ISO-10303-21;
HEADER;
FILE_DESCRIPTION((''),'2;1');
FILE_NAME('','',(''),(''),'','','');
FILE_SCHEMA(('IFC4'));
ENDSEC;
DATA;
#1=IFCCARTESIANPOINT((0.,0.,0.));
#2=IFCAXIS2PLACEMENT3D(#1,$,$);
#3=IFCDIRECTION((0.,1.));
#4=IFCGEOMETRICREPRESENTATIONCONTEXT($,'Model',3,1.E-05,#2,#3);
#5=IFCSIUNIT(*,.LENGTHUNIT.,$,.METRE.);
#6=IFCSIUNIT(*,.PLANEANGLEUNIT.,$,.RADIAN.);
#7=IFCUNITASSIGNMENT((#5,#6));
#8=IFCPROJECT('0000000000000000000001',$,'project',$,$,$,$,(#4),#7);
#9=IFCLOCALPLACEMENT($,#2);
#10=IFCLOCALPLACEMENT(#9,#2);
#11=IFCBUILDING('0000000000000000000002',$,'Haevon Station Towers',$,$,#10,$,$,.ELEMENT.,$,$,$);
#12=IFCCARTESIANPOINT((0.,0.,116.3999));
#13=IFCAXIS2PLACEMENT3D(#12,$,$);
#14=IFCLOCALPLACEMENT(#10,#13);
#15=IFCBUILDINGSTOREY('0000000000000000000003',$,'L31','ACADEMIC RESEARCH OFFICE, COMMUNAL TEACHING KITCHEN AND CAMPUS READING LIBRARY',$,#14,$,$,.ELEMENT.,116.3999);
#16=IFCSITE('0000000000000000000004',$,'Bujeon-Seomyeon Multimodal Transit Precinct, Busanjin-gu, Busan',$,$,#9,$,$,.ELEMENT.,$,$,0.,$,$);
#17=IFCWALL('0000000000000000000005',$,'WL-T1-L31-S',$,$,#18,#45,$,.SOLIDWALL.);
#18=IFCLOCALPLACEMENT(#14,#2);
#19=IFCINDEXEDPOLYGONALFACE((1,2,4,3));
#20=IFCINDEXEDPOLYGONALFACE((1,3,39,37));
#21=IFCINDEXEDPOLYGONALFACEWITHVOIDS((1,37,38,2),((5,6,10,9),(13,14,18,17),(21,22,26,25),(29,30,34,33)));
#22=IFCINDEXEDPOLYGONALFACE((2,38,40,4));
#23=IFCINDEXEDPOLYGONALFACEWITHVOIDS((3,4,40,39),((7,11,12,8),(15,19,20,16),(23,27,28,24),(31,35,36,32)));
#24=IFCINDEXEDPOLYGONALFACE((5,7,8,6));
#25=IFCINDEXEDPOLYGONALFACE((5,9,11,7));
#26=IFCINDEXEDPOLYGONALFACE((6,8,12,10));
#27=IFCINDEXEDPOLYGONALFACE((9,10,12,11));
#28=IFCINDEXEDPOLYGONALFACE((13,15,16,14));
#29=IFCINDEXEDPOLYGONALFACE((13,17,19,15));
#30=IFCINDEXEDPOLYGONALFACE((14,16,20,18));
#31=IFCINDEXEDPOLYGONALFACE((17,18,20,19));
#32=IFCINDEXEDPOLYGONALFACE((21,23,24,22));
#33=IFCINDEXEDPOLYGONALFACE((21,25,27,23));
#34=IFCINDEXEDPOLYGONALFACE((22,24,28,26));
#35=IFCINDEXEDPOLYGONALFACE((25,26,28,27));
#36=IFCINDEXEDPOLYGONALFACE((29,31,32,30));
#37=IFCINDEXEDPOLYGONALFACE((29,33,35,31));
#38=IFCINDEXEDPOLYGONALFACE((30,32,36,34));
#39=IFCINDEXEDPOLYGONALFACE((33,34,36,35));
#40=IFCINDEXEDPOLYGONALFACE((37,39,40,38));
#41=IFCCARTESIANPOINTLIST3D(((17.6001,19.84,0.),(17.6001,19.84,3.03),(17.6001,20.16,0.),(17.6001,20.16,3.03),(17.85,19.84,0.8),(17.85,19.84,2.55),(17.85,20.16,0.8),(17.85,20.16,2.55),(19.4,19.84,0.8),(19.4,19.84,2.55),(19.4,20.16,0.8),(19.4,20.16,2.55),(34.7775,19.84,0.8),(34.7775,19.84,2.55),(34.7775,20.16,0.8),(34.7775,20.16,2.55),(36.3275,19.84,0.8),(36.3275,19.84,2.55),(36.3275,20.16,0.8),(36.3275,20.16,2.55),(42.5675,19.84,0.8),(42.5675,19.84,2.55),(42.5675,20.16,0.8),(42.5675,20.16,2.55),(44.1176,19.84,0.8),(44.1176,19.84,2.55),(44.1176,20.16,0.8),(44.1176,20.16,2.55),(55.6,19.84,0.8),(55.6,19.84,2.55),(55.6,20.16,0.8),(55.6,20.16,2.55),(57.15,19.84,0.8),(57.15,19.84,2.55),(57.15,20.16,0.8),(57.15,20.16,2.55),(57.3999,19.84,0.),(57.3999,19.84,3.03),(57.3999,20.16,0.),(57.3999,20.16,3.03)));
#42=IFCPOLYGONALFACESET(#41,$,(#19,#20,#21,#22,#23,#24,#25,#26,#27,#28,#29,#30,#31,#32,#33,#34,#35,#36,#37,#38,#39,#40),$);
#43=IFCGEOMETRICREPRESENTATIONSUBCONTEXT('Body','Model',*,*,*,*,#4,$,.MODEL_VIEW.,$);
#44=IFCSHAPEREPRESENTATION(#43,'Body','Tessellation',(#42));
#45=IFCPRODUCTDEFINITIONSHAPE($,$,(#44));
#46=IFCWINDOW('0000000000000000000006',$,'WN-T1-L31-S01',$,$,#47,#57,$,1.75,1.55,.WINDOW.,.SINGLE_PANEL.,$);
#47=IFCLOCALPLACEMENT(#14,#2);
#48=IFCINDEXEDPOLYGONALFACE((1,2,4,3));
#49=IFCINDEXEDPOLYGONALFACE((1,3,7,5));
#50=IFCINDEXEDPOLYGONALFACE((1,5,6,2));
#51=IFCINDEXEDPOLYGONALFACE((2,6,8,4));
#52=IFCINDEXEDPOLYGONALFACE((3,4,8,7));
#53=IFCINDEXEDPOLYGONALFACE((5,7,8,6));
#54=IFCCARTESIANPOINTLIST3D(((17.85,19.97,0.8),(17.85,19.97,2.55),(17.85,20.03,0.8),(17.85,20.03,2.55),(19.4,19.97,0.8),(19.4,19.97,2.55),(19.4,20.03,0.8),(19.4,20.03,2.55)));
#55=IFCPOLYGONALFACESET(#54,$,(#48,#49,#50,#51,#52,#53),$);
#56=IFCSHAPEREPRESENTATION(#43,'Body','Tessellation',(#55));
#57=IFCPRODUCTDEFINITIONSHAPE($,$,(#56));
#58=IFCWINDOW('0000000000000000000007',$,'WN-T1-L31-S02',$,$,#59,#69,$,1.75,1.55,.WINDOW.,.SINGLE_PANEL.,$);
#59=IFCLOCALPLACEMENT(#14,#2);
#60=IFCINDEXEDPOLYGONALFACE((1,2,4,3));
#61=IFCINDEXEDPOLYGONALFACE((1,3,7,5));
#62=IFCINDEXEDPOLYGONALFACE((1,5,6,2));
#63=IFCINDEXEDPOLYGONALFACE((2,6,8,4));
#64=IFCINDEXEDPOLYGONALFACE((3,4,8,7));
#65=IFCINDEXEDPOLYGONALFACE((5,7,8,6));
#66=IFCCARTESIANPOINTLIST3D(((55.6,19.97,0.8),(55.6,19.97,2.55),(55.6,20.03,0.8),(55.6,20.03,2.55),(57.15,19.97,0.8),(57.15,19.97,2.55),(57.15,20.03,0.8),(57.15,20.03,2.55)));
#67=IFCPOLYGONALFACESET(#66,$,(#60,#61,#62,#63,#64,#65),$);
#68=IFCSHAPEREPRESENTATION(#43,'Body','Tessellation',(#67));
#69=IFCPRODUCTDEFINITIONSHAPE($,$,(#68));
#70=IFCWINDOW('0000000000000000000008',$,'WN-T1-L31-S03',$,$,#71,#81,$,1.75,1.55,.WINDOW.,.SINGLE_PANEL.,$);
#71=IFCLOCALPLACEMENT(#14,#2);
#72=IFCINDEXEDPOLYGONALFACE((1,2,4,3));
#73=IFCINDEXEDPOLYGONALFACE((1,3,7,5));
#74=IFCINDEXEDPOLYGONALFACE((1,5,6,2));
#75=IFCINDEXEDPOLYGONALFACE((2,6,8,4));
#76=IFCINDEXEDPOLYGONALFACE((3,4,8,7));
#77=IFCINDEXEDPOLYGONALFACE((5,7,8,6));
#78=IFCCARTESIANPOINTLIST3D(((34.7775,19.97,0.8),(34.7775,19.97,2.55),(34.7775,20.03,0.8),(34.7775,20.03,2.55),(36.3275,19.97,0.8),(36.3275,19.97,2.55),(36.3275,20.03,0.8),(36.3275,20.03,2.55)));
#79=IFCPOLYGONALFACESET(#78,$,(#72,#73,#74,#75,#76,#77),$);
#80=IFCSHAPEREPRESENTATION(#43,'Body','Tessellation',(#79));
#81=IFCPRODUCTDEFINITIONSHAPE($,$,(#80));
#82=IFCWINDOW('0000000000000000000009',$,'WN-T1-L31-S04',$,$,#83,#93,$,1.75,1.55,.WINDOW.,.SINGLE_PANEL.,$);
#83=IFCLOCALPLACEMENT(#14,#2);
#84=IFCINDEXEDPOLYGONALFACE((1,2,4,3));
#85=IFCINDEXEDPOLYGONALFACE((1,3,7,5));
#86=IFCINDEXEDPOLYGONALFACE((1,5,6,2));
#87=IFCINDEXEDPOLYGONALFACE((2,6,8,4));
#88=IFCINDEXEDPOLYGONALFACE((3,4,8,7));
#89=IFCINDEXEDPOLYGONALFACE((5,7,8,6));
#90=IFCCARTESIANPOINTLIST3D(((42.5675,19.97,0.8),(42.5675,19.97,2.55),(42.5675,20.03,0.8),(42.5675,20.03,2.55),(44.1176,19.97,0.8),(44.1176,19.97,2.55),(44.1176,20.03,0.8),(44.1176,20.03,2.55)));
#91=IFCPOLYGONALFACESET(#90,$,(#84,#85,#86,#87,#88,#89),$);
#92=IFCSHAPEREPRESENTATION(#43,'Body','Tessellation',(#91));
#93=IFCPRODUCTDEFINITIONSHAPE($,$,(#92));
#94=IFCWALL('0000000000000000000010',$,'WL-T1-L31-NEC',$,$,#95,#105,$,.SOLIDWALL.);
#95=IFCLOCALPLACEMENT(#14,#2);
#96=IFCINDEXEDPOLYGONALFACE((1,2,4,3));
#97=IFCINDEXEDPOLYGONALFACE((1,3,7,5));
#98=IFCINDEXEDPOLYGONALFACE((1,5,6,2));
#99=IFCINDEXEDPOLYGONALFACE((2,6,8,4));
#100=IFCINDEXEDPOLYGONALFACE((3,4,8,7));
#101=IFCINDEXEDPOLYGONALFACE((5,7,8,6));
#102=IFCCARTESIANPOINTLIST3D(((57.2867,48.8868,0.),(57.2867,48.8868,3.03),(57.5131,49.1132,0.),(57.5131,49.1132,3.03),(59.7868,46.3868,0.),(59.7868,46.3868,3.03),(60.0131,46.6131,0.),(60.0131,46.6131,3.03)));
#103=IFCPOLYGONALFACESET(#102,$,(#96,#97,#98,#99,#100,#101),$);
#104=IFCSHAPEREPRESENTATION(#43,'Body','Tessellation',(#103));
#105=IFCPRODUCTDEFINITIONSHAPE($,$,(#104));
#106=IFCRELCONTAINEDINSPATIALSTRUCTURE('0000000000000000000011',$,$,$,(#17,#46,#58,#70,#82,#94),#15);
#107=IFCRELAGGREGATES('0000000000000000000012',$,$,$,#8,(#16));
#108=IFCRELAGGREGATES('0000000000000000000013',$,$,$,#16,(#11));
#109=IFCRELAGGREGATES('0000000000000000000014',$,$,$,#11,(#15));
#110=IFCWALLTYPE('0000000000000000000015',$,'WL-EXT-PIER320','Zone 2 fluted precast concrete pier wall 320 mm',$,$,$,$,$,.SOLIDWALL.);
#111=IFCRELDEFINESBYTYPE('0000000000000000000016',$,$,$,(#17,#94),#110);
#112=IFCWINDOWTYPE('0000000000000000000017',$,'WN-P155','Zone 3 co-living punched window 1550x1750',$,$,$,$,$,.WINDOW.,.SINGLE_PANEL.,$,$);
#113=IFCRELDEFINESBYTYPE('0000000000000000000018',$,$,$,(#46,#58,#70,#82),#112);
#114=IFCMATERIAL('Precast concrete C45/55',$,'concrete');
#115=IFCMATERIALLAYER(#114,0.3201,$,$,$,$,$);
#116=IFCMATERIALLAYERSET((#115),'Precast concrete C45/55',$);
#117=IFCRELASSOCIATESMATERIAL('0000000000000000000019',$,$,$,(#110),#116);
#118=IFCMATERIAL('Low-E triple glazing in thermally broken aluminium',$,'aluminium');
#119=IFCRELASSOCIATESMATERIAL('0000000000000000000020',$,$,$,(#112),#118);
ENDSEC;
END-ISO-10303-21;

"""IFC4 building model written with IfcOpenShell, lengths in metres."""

from ifc_helpers import new_model, si_unit, direction, frame, frame_2d, origin, place, context, subcontext, project, spatial, rectangle, extrude, material, layer, layer_set, type_object, element, fill, save


model = new_model("IFC4")

# Units and contexts
model_context = context("Model", 3, precision=1e-05, world=origin(), true_north=direction((0.0, 1.0)))
body_context = subcontext(model_context, "Body", "Model", "MODEL_VIEW")
ifc_project = project(units=[si_unit("LENGTHUNIT", "METRE"), si_unit("PLANEANGLEUNIT", "RADIAN")], contexts=[model_context])

# Site, building, storey
site_placement = place(None, origin())
site = spatial("IfcSite", under=ifc_project, at=site_placement, Name="Bujeon-Seomyeon Multimodal Transit Precinct, Busanjin-gu, Busan", CompositionType="ELEMENT", RefElevation=0.0)
building_placement = place(site_placement, origin())
building = spatial("IfcBuilding", under=site, at=building_placement, Name="Haevon Station Towers", CompositionType="ELEMENT")
storey_placement = place(building_placement, frame((0.0, 0.0, 116.3999)))
storey = spatial("IfcBuildingStorey", under=building, at=storey_placement, Name="L31", Description="ACADEMIC RESEARCH OFFICE, COMMUNAL TEACHING KITCHEN AND CAMPUS READING LIBRARY", CompositionType="ELEMENT", Elevation=116.3999)

# Wall, openings, windows
ifc_material_1 = material(Name="Precast concrete C45/55", Category="concrete")
ifc_layer_1 = layer(ifc_material_1, 0.3201)
ifc_layer_set_1 = layer_set([ifc_layer_1], Name="Precast concrete C45/55")
wall_type_1 = type_object("IfcWallType", Name="WL-EXT-PIER320", Description="Zone 2 fluted precast concrete pier wall 320 mm", PredefinedType="SOLIDWALL", material=ifc_layer_set_1)
wall_1_placement = place(storey_placement, frame((57.3999, 20.0, 0.0), z_axis=(0.0, 0.0, 1.0), x_axis=(-1.0, 0.0, 0.0)))
wall_1 = element("IfcWall", 1, at=wall_1_placement, inside=storey, type_object=wall_type_1, Name="WL-T1-L31-S", PredefinedType="SOLIDWALL", context=body_context, shape_type="SweptSolid", body=[
    extrude(rectangle(XDim=39.7998, YDim=0.3201, at=frame_2d((19.8999, 0.0))), origin(), (0.0, 0.0, 1.0), 3.03),
])
opening_1_placement = place(wall_1_placement, frame((38.0, 0.0, 0.8)))
opening_1 = element("IfcOpeningElement", 2, at=opening_1_placement, cuts=wall_1, PredefinedType="OPENING", context=body_context, shape_type="SweptSolid", body=[
    extrude(rectangle(XDim=1.55, YDim=1.75, at=frame_2d((0.7749, 0.875))), frame((0.0, 0.1699, 0.0), z_axis=(0.0, -1.0, 0.0), x_axis=(1.0, 0.0, 0.0)), (0.0, 0.0, 1.0), 0.3401),
])
opening_2_placement = place(wall_1_placement, frame((0.25, 0.0, 0.8)))
opening_2 = element("IfcOpeningElement", 3, at=opening_2_placement, cuts=wall_1, PredefinedType="OPENING", context=body_context, shape_type="SweptSolid", body=[
    extrude(rectangle(XDim=1.55, YDim=1.75, at=frame_2d((0.7749, 0.875))), frame((0.0, 0.1699, 0.0), z_axis=(0.0, -1.0, 0.0), x_axis=(1.0, 0.0, 0.0)), (0.0, 0.0, 1.0), 0.3401),
])
opening_3_placement = place(wall_1_placement, frame((21.0725, 0.0, 0.8)))
opening_3 = element("IfcOpeningElement", 4, at=opening_3_placement, cuts=wall_1, PredefinedType="OPENING", context=body_context, shape_type="SweptSolid", body=[
    extrude(rectangle(XDim=1.55, YDim=1.75, at=frame_2d((0.7749, 0.875))), frame((0.0, 0.1699, 0.0), z_axis=(0.0, -1.0, 0.0), x_axis=(1.0, 0.0, 0.0)), (0.0, 0.0, 1.0), 0.3401),
])
opening_4_placement = place(wall_1_placement, frame((13.2825, 0.0, 0.8)))
opening_4 = element("IfcOpeningElement", 5, at=opening_4_placement, cuts=wall_1, PredefinedType="OPENING", context=body_context, shape_type="SweptSolid", body=[
    extrude(rectangle(XDim=1.55, YDim=1.75, at=frame_2d((0.7749, 0.875))), frame((0.0, 0.1699, 0.0), z_axis=(0.0, -1.0, 0.0), x_axis=(1.0, 0.0, 0.0)), (0.0, 0.0, 1.0), 0.3401),
])
ifc_material_2 = material(Name="Low-E triple glazing in thermally broken aluminium", Category="aluminium")
window_type_1 = type_object("IfcWindowType", Name="WN-P155", Description="Zone 3 co-living punched window 1550x1750", PartitioningType="SINGLE_PANEL", PredefinedType="WINDOW", material=ifc_material_2)
window_1_placement = place(opening_1_placement, origin())
window_1 = element("IfcWindow", 6, at=window_1_placement, inside=storey, type_object=window_type_1, Name="WN-T1-L31-S01", OverallHeight=1.75, OverallWidth=1.55, PartitioningType="SINGLE_PANEL", PredefinedType="WINDOW", context=body_context, shape_type="SweptSolid", body=[
    extrude(rectangle(XDim=1.55, YDim=1.75, at=frame_2d((0.7749, 0.875))), frame((0.0, 0.03, 0.0), z_axis=(0.0, -1.0, 0.0), x_axis=(1.0, 0.0, 0.0)), (0.0, 0.0, 1.0), 0.0601),
])
fill(opening_1, window_1)
window_2_placement = place(opening_2_placement, origin())
window_2 = element("IfcWindow", 7, at=window_2_placement, inside=storey, type_object=window_type_1, Name="WN-T1-L31-S02", OverallHeight=1.75, OverallWidth=1.55, PartitioningType="SINGLE_PANEL", PredefinedType="WINDOW", context=body_context, shape_type="SweptSolid", body=[
    extrude(rectangle(XDim=1.55, YDim=1.75, at=frame_2d((0.7749, 0.875))), frame((0.0, 0.03, 0.0), z_axis=(0.0, -1.0, 0.0), x_axis=(1.0, 0.0, 0.0)), (0.0, 0.0, 1.0), 0.0601),
])
fill(opening_2, window_2)
window_3_placement = place(opening_3_placement, origin())
window_3 = element("IfcWindow", 8, at=window_3_placement, inside=storey, type_object=window_type_1, Name="WN-T1-L31-S03", OverallHeight=1.75, OverallWidth=1.55, PartitioningType="SINGLE_PANEL", PredefinedType="WINDOW", context=body_context, shape_type="SweptSolid", body=[
    extrude(rectangle(XDim=1.55, YDim=1.75, at=frame_2d((0.7749, 0.875))), frame((0.0, 0.03, 0.0), z_axis=(0.0, -1.0, 0.0), x_axis=(1.0, 0.0, 0.0)), (0.0, 0.0, 1.0), 0.0601),
])
fill(opening_3, window_3)
window_4_placement = place(opening_4_placement, origin())
window_4 = element("IfcWindow", 9, at=window_4_placement, inside=storey, type_object=window_type_1, Name="WN-T1-L31-S04", OverallHeight=1.75, OverallWidth=1.55, PartitioningType="SINGLE_PANEL", PredefinedType="WINDOW", context=body_context, shape_type="SweptSolid", body=[
    extrude(rectangle(XDim=1.55, YDim=1.75, at=frame_2d((0.7749, 0.875))), frame((0.0, 0.03, 0.0), z_axis=(0.0, -1.0, 0.0), x_axis=(1.0, 0.0, 0.0)), (0.0, 0.0, 1.0), 0.0601),
])
fill(opening_4, window_4)

# Wall
wall_2_placement = place(storey_placement, frame((57.3999, 49.0, 0.0), z_axis=(0.0, 0.0, 1.0), x_axis=(0.707107, -0.707107, 0.0)))
element("IfcWall", 10, at=wall_2_placement, inside=storey, type_object=wall_type_1, Name="WL-T1-L31-NEC", PredefinedType="SOLIDWALL", context=body_context, shape_type="SweptSolid", body=[
    extrude(rectangle(XDim=3.5356, YDim=0.3201, at=frame_2d((1.7678, 0.0))), origin(), (0.0, 0.0, 1.0), 3.03),
])

save(model, "model.ifc")
